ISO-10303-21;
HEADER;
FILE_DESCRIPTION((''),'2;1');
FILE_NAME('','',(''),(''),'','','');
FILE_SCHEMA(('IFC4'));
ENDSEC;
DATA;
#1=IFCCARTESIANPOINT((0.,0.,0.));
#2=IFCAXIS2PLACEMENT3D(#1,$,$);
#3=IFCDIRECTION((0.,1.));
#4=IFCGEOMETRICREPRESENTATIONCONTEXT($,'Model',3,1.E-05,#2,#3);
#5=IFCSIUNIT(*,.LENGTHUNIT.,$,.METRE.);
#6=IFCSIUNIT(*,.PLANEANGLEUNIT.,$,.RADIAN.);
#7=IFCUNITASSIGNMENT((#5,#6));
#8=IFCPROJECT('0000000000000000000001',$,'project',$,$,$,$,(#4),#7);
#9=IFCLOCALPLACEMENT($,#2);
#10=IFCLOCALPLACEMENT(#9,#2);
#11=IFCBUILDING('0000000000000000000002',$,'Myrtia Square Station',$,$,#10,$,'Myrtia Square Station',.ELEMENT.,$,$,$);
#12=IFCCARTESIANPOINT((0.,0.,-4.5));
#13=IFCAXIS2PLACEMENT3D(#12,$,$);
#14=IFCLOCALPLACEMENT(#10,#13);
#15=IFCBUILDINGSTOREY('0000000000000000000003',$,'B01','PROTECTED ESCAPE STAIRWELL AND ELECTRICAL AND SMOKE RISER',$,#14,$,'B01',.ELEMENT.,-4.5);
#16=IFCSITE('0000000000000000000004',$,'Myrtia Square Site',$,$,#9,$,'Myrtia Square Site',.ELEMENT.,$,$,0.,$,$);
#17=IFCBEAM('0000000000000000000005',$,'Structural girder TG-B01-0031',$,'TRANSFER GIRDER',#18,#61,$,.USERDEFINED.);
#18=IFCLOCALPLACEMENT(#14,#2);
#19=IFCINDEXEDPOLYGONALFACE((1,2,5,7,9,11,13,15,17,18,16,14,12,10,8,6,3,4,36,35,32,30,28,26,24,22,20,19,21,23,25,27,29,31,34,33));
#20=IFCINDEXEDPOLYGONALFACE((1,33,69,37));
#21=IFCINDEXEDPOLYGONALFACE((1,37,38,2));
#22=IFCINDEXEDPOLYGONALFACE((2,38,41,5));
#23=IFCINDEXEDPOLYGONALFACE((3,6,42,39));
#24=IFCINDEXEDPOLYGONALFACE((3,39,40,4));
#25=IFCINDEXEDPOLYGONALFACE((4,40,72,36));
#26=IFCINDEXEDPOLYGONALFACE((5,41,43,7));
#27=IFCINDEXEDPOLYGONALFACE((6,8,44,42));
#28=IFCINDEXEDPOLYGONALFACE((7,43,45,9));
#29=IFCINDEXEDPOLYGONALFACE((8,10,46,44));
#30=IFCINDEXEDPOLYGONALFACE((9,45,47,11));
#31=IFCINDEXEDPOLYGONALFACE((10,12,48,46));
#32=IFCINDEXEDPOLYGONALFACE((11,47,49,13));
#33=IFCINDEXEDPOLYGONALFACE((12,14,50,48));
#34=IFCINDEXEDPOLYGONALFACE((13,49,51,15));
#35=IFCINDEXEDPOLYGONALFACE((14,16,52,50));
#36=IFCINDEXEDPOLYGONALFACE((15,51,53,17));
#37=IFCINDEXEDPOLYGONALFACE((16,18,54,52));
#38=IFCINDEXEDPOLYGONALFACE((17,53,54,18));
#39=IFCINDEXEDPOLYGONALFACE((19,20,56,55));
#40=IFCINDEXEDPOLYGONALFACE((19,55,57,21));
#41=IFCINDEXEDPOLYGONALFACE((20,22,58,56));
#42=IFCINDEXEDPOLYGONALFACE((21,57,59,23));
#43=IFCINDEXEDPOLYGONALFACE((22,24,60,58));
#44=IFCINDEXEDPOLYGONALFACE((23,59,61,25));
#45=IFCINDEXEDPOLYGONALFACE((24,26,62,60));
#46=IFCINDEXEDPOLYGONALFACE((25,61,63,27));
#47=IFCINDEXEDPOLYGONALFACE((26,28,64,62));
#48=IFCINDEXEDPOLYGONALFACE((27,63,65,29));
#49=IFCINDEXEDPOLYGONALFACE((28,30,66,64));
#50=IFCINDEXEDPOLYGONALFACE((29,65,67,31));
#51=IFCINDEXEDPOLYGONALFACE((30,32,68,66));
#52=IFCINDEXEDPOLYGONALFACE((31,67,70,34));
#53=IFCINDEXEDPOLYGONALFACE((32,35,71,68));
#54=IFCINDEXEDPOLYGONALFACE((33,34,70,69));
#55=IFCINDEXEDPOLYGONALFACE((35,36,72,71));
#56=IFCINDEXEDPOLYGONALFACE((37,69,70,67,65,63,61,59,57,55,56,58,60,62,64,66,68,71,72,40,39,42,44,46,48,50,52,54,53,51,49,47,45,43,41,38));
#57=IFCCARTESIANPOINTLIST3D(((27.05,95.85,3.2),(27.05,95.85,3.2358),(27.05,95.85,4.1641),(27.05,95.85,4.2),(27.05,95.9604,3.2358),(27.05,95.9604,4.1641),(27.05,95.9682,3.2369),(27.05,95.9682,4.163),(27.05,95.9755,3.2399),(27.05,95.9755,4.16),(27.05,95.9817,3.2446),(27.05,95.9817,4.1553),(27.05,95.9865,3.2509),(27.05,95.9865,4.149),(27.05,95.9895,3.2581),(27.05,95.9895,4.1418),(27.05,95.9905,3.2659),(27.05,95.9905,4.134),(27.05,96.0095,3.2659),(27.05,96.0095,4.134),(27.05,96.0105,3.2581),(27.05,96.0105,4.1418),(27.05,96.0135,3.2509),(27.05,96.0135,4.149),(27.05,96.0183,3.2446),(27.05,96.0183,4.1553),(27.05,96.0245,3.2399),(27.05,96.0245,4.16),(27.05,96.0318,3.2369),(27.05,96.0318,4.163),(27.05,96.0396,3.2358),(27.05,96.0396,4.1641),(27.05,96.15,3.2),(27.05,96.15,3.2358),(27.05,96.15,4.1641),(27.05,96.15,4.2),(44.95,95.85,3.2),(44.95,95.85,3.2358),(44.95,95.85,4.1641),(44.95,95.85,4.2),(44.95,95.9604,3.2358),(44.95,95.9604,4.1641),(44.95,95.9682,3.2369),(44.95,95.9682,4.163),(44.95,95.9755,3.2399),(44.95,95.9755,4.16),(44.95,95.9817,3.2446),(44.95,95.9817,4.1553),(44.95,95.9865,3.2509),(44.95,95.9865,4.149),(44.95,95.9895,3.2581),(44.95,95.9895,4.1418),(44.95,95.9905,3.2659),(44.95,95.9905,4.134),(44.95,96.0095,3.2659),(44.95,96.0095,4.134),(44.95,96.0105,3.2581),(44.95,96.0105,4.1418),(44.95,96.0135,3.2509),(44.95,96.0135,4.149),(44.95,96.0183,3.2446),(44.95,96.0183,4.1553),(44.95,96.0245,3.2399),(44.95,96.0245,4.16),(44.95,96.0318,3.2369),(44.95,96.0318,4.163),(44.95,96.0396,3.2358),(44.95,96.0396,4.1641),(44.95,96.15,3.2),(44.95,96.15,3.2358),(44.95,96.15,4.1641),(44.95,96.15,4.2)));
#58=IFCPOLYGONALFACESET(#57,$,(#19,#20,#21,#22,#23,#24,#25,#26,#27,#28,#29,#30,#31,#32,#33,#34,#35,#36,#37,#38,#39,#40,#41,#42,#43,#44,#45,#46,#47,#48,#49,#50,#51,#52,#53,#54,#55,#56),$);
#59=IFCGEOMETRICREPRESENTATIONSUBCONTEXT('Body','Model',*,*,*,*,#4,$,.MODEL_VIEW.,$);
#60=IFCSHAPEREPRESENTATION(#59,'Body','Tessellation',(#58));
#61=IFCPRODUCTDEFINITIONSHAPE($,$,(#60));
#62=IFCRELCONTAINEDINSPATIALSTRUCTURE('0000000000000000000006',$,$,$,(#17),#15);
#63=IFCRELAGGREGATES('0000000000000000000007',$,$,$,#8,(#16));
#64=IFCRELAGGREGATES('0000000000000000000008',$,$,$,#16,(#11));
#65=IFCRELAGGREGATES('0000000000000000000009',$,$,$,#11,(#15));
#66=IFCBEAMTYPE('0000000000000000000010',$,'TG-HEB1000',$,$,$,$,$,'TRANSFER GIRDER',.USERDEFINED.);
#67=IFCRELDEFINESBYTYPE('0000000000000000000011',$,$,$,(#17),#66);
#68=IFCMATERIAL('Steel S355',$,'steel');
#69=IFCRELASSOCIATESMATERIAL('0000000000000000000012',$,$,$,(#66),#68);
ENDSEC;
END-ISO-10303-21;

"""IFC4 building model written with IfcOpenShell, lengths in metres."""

from ifc_helpers import new_model, si_unit, direction, frame, origin, origin_2d, place, context, subcontext, project, spatial, i_section, extrude, material, material_profile, profile_set, type_object, element, save


model = new_model("IFC4")

# Units and contexts
model_context = context("Model", 3, precision=1e-05, world=origin(), true_north=direction((0.0, 1.0)))
body_context = subcontext(model_context, "Body", "Model", "MODEL_VIEW")
ifc_project = project(units=[si_unit("LENGTHUNIT", "METRE"), si_unit("PLANEANGLEUNIT", "RADIAN")], contexts=[model_context])

# Site, building, storey
site_placement = place(None, origin())
site = spatial("IfcSite", under=ifc_project, at=site_placement, Name="Myrtia Square Site", LongName="Myrtia Square Site", CompositionType="ELEMENT", RefElevation=0.0)
building_placement = place(site_placement, origin())
building = spatial("IfcBuilding", under=site, at=building_placement, Name="Myrtia Square Station", LongName="Myrtia Square Station", CompositionType="ELEMENT")
storey_placement = place(building_placement, frame((0.0, 0.0, -4.5)))
storey = spatial("IfcBuildingStorey", under=building, at=storey_placement, Name="B01", Description="PROTECTED ESCAPE STAIRWELL AND ELECTRICAL AND SMOKE RISER", LongName="B01", CompositionType="ELEMENT", Elevation=-4.5)

# Beam
ifc_material_1 = material(Name="Steel S355", Category="steel")
ifc_material_profile_1 = material_profile(ifc_material_1, i_section(OverallWidth=0.3, OverallDepth=1.0, WebThickness=0.019, FlangeThickness=0.0359, FilletRadius=0.03, at=origin_2d()), Name="HEB 1000")
ifc_profile_set_1 = profile_set([ifc_material_profile_1], Name="Steel S355")
beam_type_1 = type_object("IfcBeamType", Name="TG-HEB1000", ElementType="TRANSFER GIRDER", PredefinedType="USERDEFINED", material=ifc_profile_set_1)
for number, where, z_axis, x_axis, name in (
    (1, (27.05, 96.0, 3.7), (1.0, 0.0, 0.0), (0.0, 1.0, 0.0), "Structural girder TG-B01-0031"),
):
    element("IfcBeam", number, at=place(storey_placement, frame(where, z_axis=z_axis, x_axis=x_axis)), inside=storey, type_object=beam_type_1, Name=name, ObjectType="TRANSFER GIRDER", PredefinedType="USERDEFINED", context=body_context, shape_type="SweptSolid", body=[
        extrude(i_section(OverallWidth=0.3, OverallDepth=1.0, WebThickness=0.019, FlangeThickness=0.0359, FilletRadius=0.03, at=origin_2d()), origin(), (0.0, 0.0, 1.0), 17.8999),
    ])

save(model, "model.ifc")
